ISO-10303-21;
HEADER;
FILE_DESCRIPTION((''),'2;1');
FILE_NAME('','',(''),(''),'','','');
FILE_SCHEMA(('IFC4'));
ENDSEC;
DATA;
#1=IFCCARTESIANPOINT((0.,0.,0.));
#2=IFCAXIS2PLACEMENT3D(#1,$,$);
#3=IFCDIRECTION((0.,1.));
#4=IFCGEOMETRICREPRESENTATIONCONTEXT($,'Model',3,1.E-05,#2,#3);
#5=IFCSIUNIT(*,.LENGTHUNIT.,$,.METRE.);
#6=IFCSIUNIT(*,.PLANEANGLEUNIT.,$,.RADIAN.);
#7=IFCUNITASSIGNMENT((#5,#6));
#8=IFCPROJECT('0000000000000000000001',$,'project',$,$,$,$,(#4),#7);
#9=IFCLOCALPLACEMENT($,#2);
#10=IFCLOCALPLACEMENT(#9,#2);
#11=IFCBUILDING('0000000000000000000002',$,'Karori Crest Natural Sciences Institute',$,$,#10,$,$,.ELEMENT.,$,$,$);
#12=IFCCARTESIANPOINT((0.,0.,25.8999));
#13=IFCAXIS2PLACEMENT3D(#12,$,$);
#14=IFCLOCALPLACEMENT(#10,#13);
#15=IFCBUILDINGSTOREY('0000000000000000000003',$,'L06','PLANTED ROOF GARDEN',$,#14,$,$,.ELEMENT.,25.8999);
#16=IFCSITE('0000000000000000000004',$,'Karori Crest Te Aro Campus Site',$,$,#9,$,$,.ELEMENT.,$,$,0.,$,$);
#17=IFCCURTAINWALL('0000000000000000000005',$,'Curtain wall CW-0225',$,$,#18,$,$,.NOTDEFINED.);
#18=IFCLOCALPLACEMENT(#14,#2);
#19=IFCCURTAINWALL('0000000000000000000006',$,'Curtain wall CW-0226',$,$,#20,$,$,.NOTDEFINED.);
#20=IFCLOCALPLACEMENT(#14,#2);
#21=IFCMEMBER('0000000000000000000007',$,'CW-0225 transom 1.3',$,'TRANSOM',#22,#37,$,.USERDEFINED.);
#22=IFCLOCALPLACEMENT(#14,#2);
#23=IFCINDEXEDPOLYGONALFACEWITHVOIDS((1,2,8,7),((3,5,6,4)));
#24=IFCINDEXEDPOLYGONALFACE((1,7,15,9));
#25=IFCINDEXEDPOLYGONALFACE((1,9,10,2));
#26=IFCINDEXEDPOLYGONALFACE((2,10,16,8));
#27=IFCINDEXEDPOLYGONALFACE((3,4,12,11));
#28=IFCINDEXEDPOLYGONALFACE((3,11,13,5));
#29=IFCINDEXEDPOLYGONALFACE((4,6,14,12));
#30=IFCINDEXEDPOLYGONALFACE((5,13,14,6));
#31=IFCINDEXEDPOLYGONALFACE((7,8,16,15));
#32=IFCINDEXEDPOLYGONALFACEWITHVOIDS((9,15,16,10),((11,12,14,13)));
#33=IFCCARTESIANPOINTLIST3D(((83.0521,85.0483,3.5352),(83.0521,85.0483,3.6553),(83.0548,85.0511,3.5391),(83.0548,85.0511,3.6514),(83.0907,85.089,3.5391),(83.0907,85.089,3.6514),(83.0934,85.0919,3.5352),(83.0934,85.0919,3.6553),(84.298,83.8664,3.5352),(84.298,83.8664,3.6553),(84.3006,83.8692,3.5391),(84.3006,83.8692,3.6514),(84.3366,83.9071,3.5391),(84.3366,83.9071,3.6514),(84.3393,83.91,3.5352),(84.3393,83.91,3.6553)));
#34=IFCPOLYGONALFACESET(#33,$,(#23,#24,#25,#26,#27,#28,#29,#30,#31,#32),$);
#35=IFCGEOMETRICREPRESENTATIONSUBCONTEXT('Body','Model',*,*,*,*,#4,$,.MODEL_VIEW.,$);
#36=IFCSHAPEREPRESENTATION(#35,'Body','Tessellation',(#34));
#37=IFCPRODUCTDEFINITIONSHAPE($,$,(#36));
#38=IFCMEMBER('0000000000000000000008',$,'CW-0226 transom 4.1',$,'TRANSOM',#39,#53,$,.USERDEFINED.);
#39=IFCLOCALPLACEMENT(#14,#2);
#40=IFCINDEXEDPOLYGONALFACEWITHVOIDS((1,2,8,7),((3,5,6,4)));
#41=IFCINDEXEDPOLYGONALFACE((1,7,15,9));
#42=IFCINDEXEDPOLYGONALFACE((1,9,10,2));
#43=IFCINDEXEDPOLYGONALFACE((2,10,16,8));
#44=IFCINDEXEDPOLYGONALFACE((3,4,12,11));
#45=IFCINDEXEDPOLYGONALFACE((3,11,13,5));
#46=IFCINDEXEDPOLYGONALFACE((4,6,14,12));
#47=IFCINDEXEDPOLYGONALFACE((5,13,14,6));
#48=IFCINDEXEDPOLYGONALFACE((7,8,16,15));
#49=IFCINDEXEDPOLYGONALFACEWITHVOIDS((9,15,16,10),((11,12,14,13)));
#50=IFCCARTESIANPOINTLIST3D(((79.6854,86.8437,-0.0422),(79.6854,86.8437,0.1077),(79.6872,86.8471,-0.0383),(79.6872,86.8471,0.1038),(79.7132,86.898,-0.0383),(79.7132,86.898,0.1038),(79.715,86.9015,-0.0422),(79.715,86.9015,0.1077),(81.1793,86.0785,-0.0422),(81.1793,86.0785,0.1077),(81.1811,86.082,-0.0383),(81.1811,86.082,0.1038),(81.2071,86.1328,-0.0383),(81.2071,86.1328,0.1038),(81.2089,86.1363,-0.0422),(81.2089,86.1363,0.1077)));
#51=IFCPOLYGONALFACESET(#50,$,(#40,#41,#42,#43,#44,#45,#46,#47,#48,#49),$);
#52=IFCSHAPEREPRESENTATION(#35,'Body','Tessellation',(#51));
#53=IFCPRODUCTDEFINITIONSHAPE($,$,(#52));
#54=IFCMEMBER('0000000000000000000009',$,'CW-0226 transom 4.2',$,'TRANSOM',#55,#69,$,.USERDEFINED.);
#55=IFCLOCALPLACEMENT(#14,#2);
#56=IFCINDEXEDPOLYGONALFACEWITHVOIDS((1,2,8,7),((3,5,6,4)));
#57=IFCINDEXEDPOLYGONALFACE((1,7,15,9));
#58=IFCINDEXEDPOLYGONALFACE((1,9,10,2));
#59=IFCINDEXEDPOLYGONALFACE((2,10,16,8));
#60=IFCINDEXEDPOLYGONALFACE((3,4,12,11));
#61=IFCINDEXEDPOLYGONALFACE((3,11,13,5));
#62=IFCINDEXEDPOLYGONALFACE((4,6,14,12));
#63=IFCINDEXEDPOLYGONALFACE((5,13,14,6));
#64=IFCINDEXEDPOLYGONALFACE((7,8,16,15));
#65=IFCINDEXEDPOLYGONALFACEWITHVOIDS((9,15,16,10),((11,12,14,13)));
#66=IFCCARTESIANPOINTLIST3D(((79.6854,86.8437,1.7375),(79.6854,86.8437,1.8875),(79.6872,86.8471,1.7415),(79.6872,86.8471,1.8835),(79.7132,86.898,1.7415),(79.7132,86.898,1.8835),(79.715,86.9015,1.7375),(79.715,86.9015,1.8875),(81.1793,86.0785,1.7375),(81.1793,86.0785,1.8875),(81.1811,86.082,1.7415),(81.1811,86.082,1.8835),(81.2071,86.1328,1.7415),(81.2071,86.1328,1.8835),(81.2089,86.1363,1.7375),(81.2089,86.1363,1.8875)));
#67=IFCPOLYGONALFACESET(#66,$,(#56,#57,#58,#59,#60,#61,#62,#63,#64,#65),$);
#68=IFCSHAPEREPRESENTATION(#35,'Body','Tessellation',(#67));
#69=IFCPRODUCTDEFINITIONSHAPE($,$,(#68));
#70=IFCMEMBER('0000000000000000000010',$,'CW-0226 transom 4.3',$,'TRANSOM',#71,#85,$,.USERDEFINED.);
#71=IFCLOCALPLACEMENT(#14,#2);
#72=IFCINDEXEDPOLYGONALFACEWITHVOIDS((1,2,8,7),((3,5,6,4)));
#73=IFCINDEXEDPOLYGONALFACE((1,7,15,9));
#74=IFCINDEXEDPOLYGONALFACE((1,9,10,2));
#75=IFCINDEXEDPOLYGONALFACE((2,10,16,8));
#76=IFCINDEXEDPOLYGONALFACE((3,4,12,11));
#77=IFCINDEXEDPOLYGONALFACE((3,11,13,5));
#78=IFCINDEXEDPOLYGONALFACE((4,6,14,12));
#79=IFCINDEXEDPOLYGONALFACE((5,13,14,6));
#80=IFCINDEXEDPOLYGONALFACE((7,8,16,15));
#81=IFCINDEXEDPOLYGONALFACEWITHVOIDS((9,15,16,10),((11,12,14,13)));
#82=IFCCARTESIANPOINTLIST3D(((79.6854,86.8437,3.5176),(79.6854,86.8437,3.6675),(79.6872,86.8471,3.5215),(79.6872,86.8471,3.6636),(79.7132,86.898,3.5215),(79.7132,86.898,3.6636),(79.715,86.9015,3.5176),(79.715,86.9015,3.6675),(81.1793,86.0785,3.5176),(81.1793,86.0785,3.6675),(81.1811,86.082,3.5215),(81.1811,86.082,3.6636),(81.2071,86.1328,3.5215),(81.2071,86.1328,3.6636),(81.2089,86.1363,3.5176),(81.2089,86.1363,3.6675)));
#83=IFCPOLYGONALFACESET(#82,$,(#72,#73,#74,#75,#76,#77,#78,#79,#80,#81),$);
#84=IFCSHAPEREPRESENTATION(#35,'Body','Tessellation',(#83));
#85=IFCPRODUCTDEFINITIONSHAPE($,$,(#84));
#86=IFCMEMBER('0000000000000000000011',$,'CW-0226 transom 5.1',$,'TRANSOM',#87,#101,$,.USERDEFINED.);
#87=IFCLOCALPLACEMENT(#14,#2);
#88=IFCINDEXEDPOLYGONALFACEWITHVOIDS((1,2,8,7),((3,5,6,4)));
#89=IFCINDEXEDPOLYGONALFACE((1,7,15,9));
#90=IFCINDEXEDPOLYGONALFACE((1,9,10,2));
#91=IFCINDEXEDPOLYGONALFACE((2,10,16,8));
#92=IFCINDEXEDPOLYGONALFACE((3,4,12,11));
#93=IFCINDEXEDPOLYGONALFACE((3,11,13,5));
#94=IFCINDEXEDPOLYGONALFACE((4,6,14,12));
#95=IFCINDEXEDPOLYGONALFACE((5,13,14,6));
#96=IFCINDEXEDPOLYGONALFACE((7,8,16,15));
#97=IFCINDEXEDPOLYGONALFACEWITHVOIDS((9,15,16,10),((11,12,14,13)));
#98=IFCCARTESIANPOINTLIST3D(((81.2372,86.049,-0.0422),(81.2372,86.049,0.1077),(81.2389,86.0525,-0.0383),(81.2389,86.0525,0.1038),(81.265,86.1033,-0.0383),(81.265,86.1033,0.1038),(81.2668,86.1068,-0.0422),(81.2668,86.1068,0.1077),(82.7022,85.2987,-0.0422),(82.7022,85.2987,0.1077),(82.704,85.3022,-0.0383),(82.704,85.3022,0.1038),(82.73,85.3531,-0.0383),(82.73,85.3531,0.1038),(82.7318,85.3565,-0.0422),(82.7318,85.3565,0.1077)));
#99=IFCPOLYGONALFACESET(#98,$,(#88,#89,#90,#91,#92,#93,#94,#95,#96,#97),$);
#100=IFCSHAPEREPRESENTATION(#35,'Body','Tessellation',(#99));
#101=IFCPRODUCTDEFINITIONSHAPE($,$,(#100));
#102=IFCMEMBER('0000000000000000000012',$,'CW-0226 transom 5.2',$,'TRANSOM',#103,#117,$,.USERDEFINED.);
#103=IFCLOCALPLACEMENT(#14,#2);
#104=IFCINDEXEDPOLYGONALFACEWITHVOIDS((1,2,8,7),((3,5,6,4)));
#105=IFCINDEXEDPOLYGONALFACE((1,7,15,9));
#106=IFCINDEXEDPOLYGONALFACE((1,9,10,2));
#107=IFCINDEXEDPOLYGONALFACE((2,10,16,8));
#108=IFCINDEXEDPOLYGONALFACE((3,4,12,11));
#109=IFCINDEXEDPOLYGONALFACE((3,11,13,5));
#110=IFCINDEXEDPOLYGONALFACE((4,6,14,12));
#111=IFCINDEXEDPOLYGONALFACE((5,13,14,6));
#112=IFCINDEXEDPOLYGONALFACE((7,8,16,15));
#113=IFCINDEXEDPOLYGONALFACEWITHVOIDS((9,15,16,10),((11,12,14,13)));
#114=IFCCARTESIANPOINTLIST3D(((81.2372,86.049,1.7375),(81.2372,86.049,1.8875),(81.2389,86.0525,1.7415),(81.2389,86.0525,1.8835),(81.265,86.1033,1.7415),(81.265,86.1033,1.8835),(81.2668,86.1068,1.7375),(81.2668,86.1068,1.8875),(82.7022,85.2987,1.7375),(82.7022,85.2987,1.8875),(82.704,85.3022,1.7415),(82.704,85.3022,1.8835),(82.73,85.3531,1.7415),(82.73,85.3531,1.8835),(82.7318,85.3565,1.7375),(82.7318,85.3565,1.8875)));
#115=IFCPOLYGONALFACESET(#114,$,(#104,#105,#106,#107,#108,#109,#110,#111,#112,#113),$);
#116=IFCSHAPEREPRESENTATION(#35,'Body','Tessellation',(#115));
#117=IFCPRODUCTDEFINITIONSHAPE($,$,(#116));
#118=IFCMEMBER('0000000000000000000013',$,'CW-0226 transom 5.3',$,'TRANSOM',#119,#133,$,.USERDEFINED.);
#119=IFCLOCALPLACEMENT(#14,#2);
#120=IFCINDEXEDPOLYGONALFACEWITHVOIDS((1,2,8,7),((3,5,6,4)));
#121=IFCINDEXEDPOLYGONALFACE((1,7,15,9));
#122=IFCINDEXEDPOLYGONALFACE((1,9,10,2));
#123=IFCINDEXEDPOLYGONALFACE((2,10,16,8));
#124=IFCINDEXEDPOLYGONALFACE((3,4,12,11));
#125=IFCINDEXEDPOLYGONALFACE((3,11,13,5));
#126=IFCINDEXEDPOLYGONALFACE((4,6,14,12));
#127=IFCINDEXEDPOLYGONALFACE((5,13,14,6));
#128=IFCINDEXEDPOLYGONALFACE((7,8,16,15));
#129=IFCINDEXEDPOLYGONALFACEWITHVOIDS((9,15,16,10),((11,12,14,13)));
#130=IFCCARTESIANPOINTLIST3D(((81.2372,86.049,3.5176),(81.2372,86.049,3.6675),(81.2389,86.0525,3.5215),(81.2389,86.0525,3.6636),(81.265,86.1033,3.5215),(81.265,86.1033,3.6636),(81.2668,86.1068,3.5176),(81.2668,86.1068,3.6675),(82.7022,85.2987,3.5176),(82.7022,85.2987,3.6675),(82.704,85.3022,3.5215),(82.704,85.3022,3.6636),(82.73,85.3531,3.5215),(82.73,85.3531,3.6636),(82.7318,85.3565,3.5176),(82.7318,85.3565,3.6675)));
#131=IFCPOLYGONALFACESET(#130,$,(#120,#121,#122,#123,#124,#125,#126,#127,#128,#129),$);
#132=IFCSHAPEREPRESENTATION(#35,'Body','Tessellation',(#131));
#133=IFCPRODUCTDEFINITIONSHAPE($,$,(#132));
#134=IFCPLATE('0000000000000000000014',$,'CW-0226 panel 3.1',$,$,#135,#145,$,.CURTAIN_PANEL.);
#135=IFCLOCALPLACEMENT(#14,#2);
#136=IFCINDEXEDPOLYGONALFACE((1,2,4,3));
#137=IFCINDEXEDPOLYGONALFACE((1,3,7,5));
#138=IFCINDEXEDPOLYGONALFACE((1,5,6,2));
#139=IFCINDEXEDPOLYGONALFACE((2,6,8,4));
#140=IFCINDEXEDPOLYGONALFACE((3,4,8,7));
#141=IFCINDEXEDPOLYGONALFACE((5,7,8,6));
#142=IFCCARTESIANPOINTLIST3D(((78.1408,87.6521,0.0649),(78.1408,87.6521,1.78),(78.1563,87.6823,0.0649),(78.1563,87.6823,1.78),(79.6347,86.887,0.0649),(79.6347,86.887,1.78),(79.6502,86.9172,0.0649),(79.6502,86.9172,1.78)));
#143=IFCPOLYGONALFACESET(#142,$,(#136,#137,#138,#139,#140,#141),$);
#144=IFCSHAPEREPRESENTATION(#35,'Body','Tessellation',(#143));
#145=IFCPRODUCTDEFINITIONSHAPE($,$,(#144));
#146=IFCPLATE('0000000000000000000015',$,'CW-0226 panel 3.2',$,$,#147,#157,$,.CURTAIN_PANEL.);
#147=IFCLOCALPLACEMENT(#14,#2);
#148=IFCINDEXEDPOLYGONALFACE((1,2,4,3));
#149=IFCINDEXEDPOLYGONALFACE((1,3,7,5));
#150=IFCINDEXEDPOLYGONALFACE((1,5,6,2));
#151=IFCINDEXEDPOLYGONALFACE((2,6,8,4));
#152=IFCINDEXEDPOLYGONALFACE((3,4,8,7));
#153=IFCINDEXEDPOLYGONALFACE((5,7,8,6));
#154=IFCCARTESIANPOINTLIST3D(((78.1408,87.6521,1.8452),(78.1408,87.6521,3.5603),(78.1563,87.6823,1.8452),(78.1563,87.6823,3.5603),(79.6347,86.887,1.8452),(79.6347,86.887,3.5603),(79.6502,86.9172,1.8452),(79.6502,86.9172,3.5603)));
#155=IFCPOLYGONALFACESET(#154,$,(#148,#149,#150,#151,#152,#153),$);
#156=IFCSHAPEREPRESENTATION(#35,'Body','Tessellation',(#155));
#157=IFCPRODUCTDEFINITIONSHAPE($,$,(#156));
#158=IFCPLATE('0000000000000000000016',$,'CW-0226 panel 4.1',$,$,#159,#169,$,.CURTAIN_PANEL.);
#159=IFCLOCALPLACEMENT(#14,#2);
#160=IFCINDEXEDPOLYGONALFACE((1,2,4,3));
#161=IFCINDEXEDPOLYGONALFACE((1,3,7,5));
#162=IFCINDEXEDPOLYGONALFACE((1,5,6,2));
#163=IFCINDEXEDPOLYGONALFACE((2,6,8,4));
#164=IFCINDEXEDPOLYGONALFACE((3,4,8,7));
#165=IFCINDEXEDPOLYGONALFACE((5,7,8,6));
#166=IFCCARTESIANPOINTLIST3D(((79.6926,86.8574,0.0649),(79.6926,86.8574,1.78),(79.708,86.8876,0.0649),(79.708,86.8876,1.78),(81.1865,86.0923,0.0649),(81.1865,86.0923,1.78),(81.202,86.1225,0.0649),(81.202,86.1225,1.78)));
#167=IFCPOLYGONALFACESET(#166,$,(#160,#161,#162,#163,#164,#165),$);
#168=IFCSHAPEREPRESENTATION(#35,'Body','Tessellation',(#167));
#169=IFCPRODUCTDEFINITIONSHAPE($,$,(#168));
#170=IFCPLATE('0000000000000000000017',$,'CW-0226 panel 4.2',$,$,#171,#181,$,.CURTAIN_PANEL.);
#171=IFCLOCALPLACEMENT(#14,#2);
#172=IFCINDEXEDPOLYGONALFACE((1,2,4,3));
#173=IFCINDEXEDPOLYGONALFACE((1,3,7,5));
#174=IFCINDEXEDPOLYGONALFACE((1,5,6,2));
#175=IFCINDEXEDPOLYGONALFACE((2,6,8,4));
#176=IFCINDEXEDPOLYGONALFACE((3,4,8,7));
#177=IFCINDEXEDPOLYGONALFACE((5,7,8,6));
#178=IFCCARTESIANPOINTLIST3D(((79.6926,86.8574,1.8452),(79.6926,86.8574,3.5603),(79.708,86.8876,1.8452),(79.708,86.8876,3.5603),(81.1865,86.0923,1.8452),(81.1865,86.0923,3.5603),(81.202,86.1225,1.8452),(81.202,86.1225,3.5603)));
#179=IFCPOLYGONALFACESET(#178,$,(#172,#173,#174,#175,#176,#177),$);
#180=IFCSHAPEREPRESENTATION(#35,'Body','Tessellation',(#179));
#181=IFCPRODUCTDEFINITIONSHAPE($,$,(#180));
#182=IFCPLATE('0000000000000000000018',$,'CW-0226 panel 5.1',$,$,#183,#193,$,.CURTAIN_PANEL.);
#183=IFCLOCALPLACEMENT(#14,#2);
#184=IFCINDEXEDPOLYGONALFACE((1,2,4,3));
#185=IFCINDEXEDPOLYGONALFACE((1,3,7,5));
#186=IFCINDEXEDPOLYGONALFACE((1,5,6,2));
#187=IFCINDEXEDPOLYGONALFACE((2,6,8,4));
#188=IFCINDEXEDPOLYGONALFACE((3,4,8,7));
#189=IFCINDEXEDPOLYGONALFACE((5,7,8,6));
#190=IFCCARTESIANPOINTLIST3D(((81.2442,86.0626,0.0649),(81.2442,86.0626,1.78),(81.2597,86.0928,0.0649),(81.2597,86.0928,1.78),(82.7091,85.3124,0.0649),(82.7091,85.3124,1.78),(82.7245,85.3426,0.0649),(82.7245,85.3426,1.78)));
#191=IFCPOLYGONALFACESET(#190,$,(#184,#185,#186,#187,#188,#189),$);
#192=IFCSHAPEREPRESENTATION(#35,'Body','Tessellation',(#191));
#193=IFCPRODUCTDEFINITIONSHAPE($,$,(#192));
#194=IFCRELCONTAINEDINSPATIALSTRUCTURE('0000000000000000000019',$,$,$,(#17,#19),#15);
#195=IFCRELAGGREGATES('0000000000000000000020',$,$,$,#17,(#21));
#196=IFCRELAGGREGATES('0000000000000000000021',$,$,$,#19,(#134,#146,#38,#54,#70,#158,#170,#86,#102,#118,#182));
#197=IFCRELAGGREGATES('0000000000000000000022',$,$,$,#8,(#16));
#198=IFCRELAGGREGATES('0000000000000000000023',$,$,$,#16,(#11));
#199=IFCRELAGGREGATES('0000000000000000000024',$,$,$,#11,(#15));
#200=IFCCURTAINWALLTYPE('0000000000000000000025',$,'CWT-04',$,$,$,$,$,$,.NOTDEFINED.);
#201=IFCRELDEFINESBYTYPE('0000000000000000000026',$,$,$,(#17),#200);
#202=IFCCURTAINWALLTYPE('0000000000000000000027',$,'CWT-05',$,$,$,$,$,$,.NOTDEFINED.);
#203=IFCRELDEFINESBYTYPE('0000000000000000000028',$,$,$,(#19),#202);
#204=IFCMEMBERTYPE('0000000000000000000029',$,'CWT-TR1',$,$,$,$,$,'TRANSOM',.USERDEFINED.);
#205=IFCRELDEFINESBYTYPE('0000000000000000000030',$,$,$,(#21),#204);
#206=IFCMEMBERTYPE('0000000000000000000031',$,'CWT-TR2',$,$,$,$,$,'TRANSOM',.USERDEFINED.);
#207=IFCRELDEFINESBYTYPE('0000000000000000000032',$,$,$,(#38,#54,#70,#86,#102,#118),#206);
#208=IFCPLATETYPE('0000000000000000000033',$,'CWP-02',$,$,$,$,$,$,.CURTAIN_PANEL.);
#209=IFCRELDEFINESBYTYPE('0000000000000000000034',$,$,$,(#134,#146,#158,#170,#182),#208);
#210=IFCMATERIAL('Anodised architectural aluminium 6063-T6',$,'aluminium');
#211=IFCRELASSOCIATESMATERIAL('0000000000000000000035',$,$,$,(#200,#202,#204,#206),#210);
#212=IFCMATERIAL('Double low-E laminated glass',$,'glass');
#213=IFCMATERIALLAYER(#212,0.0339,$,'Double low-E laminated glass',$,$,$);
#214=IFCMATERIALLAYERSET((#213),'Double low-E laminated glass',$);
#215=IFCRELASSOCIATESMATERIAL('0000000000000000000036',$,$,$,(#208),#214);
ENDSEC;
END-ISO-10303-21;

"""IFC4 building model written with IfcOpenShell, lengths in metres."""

from ifc_helpers import new_model, si_unit, direction, frame, origin, origin_2d, place, context, subcontext, project, spatial, rectangle, hollow_rectangle, extrude, material, layer, layer_set, material_profile, profile_set, type_object, element, aggregate, save


model = new_model("IFC4")

# Units and contexts
model_context = context("Model", 3, precision=1e-05, world=origin(), true_north=direction((0.0, 1.0)))
body_context = subcontext(model_context, "Body", "Model", "MODEL_VIEW")
ifc_project = project(units=[si_unit("LENGTHUNIT", "METRE"), si_unit("PLANEANGLEUNIT", "RADIAN")], contexts=[model_context])

# Site, building, storey
site_placement = place(None, origin())
site = spatial("IfcSite", under=ifc_project, at=site_placement, Name="Karori Crest Te Aro Campus Site", CompositionType="ELEMENT", RefElevation=0.0)
building_placement = place(site_placement, origin())
building = spatial("IfcBuilding", under=site, at=building_placement, Name="Karori Crest Natural Sciences Institute", CompositionType="ELEMENT")
storey_placement = place(building_placement, frame((0.0, 0.0, 25.8999)))
storey = spatial("IfcBuildingStorey", under=building, at=storey_placement, Name="L06", Description="PLANTED ROOF GARDEN", CompositionType="ELEMENT", Elevation=25.8999)

# Curtain wall
ifc_material_1 = material(Name="Anodised architectural aluminium 6063-T6", Category="aluminium")
curtain_wall_type_1 = type_object("IfcCurtainWallType", Name="CWT-04", PredefinedType="NOTDEFINED", material=ifc_material_1)
curtain_wall_1_placement = place(storey_placement, origin())
curtain_wall_1 = element("IfcCurtainWall", 1, at=curtain_wall_1_placement, inside=storey, type_object=curtain_wall_type_1, Name="Curtain wall CW-0225", PredefinedType="NOTDEFINED")

# Curtain wall
curtain_wall_type_2 = type_object("IfcCurtainWallType", Name="CWT-05", PredefinedType="NOTDEFINED", material=ifc_material_1)
curtain_wall_2_placement = place(storey_placement, origin())
curtain_wall_2 = element("IfcCurtainWall", 2, at=curtain_wall_2_placement, inside=storey, type_object=curtain_wall_type_2, Name="Curtain wall CW-0226", PredefinedType="NOTDEFINED")

# Members
ifc_material_profile_1 = material_profile(ifc_material_1, hollow_rectangle(XDim=0.0601, YDim=0.1201, WallThickness=0.0039, at=origin_2d()), Name="CWT120x60x4")
ifc_profile_set_1 = profile_set([ifc_material_profile_1], Name="Anodised architectural aluminium 6063-T6")
member_type_1 = type_object("IfcMemberType", Name="CWT-TR1", ElementType="TRANSOM", PredefinedType="USERDEFINED", material=ifc_profile_set_1)
member_1_placement = place(storey_placement, frame((83.0728, 85.0701, 3.5952), z_axis=(0.725486, -0.688237, 0.0), x_axis=(0.688237, 0.725486, 0.0)))
member_1 = element("IfcMember", 3, at=member_1_placement, type_object=member_type_1, Name="CW-0225 transom 1.3", ObjectType="TRANSOM", PredefinedType="USERDEFINED", context=body_context, shape_type="SweptSolid", body=[
    extrude(hollow_rectangle(XDim=0.0601, YDim=0.1201, WallThickness=0.0039, at=origin_2d()), origin(), (0.0, 0.0, 1.0), 1.7173),
])
aggregate(curtain_wall_1, [member_1])
ifc_material_profile_2 = material_profile(ifc_material_1, hollow_rectangle(XDim=0.0649, YDim=0.1499, WallThickness=0.0039, at=origin_2d()), Name="CWT150x65x4")
ifc_profile_set_2 = profile_set([ifc_material_profile_2], Name="Anodised architectural aluminium 6063-T6")
member_type_2 = type_object("IfcMemberType", Name="CWT-TR2", ElementType="TRANSOM", PredefinedType="USERDEFINED", material=ifc_profile_set_2)
member_2_placement = place(storey_placement, frame((79.7002, 86.8726, 0.0327), z_axis=(0.890051, -0.455862, 0.0), x_axis=(0.455862, 0.890051, 0.0)))
member_2 = element("IfcMember", 4, at=member_2_placement, type_object=member_type_2, Name="CW-0226 transom 4.1", ObjectType="TRANSOM", PredefinedType="USERDEFINED", context=body_context, shape_type="SweptSolid", body=[
    extrude(hollow_rectangle(XDim=0.0649, YDim=0.1499, WallThickness=0.0039, at=origin_2d()), origin(), (0.0, 0.0, 1.0), 1.6785),
])
member_3_placement = place(storey_placement, frame((79.7002, 86.8726, 1.8125), z_axis=(0.890051, -0.455862, 0.0), x_axis=(0.455862, 0.890051, 0.0)))
member_3 = element("IfcMember", 5, at=member_3_placement, type_object=member_type_2, Name="CW-0226 transom 4.2", ObjectType="TRANSOM", PredefinedType="USERDEFINED", context=body_context, shape_type="SweptSolid", body=[
    extrude(hollow_rectangle(XDim=0.0649, YDim=0.1499, WallThickness=0.0039, at=origin_2d()), origin(), (0.0, 0.0, 1.0), 1.6785),
])
member_4_placement = place(storey_placement, frame((79.7002, 86.8726, 3.5925), z_axis=(0.890051, -0.455862, 0.0), x_axis=(0.455862, 0.890051, 0.0)))
member_4 = element("IfcMember", 6, at=member_4_placement, type_object=member_type_2, Name="CW-0226 transom 4.3", ObjectType="TRANSOM", PredefinedType="USERDEFINED", context=body_context, shape_type="SweptSolid", body=[
    extrude(hollow_rectangle(XDim=0.0649, YDim=0.1499, WallThickness=0.0039, at=origin_2d()), origin(), (0.0, 0.0, 1.0), 1.6785),
])
member_5_placement = place(storey_placement, frame((81.252, 86.0779, 0.0327), z_axis=(0.890084, -0.455796, 0.0), x_axis=(0.455796, 0.890084, 0.0)))
member_5 = element("IfcMember", 7, at=member_5_placement, type_object=member_type_2, Name="CW-0226 transom 5.1", ObjectType="TRANSOM", PredefinedType="USERDEFINED", context=body_context, shape_type="SweptSolid", body=[
    extrude(hollow_rectangle(XDim=0.0649, YDim=0.1499, WallThickness=0.0039, at=origin_2d()), origin(), (0.0, 0.0, 1.0), 1.646),
])
member_6_placement = place(storey_placement, frame((81.252, 86.0779, 1.8125), z_axis=(0.890084, -0.455796, 0.0), x_axis=(0.455796, 0.890084, 0.0)))
member_6 = element("IfcMember", 8, at=member_6_placement, type_object=member_type_2, Name="CW-0226 transom 5.2", ObjectType="TRANSOM", PredefinedType="USERDEFINED", context=body_context, shape_type="SweptSolid", body=[
    extrude(hollow_rectangle(XDim=0.0649, YDim=0.1499, WallThickness=0.0039, at=origin_2d()), origin(), (0.0, 0.0, 1.0), 1.646),
])
member_7_placement = place(storey_placement, frame((81.252, 86.0779, 3.5925), z_axis=(0.890084, -0.455796, 0.0), x_axis=(0.455796, 0.890084, 0.0)))
member_7 = element("IfcMember", 9, at=member_7_placement, type_object=member_type_2, Name="CW-0226 transom 5.3", ObjectType="TRANSOM", PredefinedType="USERDEFINED", context=body_context, shape_type="SweptSolid", body=[
    extrude(hollow_rectangle(XDim=0.0649, YDim=0.1499, WallThickness=0.0039, at=origin_2d()), origin(), (0.0, 0.0, 1.0), 1.646),
])

# Plates
ifc_material_2 = material(Name="Double low-E laminated glass", Category="glass")
ifc_layer_1 = layer(ifc_material_2, 0.0339, Name="Double low-E laminated glass")
ifc_layer_set_1 = layer_set([ifc_layer_1], Name="Double low-E laminated glass")
plate_type = type_object("IfcPlateType", Name="CWP-02", PredefinedType="CURTAIN_PANEL", material=ifc_layer_set_1)
plate_1_placement = place(storey_placement, frame((78.8955, 87.2847, 0.0649), z_axis=(0.0, 0.0, 1.0), x_axis=(0.890067, -0.455829, 0.0)))
plate_1 = element("IfcPlate", 10, at=plate_1_placement, type_object=plate_type, Name="CW-0226 panel 3.1", PredefinedType="CURTAIN_PANEL", context=body_context, shape_type="SweptSolid", body=[
    extrude(rectangle(XDim=1.6785, YDim=0.0339, at=origin_2d()), origin(), (0.0, 0.0, 1.0), 1.7151),
])
plate_2_placement = place(storey_placement, frame((78.8955, 87.2847, 1.8452), z_axis=(0.0, 0.0, 1.0), x_axis=(0.890067, -0.455829, 0.0)))
plate_2 = element("IfcPlate", 11, at=plate_2_placement, type_object=plate_type, Name="CW-0226 panel 3.2", PredefinedType="CURTAIN_PANEL", context=body_context, shape_type="SweptSolid", body=[
    extrude(rectangle(XDim=1.6785, YDim=0.0339, at=origin_2d()), origin(), (0.0, 0.0, 1.0), 1.7151),
])
plate_3_placement = place(storey_placement, frame((80.4473, 86.49, 0.0649), z_axis=(0.0, 0.0, 1.0), x_axis=(0.890067, -0.455829, 0.0)))
plate_3 = element("IfcPlate", 12, at=plate_3_placement, type_object=plate_type, Name="CW-0226 panel 4.1", PredefinedType="CURTAIN_PANEL", context=body_context, shape_type="SweptSolid", body=[
    extrude(rectangle(XDim=1.6785, YDim=0.0339, at=origin_2d()), origin(), (0.0, 0.0, 1.0), 1.7151),
])
plate_4_placement = place(storey_placement, frame((80.4473, 86.49, 1.8452), z_axis=(0.0, 0.0, 1.0), x_axis=(0.890067, -0.455829, 0.0)))
plate_4 = element("IfcPlate", 13, at=plate_4_placement, type_object=plate_type, Name="CW-0226 panel 4.2", PredefinedType="CURTAIN_PANEL", context=body_context, shape_type="SweptSolid", body=[
    extrude(rectangle(XDim=1.6785, YDim=0.0339, at=origin_2d()), origin(), (0.0, 0.0, 1.0), 1.7151),
])
plate_5_placement = place(storey_placement, frame((81.9844, 85.7026, 0.0649), z_axis=(0.0, 0.0, 1.0), x_axis=(0.890067, -0.455829, 0.0)))
plate_5 = element("IfcPlate", 14, at=plate_5_placement, type_object=plate_type, Name="CW-0226 panel 5.1", PredefinedType="CURTAIN_PANEL", context=body_context, shape_type="SweptSolid", body=[
    extrude(rectangle(XDim=1.6458, YDim=0.0339, at=origin_2d()), origin(), (0.0, 0.0, 1.0), 1.7151),
])
aggregate(curtain_wall_2, [plate_1, plate_2, member_2, member_3, member_4, plate_3, plate_4, member_5, member_6, member_7, plate_5])

save(model, "model.ifc")
